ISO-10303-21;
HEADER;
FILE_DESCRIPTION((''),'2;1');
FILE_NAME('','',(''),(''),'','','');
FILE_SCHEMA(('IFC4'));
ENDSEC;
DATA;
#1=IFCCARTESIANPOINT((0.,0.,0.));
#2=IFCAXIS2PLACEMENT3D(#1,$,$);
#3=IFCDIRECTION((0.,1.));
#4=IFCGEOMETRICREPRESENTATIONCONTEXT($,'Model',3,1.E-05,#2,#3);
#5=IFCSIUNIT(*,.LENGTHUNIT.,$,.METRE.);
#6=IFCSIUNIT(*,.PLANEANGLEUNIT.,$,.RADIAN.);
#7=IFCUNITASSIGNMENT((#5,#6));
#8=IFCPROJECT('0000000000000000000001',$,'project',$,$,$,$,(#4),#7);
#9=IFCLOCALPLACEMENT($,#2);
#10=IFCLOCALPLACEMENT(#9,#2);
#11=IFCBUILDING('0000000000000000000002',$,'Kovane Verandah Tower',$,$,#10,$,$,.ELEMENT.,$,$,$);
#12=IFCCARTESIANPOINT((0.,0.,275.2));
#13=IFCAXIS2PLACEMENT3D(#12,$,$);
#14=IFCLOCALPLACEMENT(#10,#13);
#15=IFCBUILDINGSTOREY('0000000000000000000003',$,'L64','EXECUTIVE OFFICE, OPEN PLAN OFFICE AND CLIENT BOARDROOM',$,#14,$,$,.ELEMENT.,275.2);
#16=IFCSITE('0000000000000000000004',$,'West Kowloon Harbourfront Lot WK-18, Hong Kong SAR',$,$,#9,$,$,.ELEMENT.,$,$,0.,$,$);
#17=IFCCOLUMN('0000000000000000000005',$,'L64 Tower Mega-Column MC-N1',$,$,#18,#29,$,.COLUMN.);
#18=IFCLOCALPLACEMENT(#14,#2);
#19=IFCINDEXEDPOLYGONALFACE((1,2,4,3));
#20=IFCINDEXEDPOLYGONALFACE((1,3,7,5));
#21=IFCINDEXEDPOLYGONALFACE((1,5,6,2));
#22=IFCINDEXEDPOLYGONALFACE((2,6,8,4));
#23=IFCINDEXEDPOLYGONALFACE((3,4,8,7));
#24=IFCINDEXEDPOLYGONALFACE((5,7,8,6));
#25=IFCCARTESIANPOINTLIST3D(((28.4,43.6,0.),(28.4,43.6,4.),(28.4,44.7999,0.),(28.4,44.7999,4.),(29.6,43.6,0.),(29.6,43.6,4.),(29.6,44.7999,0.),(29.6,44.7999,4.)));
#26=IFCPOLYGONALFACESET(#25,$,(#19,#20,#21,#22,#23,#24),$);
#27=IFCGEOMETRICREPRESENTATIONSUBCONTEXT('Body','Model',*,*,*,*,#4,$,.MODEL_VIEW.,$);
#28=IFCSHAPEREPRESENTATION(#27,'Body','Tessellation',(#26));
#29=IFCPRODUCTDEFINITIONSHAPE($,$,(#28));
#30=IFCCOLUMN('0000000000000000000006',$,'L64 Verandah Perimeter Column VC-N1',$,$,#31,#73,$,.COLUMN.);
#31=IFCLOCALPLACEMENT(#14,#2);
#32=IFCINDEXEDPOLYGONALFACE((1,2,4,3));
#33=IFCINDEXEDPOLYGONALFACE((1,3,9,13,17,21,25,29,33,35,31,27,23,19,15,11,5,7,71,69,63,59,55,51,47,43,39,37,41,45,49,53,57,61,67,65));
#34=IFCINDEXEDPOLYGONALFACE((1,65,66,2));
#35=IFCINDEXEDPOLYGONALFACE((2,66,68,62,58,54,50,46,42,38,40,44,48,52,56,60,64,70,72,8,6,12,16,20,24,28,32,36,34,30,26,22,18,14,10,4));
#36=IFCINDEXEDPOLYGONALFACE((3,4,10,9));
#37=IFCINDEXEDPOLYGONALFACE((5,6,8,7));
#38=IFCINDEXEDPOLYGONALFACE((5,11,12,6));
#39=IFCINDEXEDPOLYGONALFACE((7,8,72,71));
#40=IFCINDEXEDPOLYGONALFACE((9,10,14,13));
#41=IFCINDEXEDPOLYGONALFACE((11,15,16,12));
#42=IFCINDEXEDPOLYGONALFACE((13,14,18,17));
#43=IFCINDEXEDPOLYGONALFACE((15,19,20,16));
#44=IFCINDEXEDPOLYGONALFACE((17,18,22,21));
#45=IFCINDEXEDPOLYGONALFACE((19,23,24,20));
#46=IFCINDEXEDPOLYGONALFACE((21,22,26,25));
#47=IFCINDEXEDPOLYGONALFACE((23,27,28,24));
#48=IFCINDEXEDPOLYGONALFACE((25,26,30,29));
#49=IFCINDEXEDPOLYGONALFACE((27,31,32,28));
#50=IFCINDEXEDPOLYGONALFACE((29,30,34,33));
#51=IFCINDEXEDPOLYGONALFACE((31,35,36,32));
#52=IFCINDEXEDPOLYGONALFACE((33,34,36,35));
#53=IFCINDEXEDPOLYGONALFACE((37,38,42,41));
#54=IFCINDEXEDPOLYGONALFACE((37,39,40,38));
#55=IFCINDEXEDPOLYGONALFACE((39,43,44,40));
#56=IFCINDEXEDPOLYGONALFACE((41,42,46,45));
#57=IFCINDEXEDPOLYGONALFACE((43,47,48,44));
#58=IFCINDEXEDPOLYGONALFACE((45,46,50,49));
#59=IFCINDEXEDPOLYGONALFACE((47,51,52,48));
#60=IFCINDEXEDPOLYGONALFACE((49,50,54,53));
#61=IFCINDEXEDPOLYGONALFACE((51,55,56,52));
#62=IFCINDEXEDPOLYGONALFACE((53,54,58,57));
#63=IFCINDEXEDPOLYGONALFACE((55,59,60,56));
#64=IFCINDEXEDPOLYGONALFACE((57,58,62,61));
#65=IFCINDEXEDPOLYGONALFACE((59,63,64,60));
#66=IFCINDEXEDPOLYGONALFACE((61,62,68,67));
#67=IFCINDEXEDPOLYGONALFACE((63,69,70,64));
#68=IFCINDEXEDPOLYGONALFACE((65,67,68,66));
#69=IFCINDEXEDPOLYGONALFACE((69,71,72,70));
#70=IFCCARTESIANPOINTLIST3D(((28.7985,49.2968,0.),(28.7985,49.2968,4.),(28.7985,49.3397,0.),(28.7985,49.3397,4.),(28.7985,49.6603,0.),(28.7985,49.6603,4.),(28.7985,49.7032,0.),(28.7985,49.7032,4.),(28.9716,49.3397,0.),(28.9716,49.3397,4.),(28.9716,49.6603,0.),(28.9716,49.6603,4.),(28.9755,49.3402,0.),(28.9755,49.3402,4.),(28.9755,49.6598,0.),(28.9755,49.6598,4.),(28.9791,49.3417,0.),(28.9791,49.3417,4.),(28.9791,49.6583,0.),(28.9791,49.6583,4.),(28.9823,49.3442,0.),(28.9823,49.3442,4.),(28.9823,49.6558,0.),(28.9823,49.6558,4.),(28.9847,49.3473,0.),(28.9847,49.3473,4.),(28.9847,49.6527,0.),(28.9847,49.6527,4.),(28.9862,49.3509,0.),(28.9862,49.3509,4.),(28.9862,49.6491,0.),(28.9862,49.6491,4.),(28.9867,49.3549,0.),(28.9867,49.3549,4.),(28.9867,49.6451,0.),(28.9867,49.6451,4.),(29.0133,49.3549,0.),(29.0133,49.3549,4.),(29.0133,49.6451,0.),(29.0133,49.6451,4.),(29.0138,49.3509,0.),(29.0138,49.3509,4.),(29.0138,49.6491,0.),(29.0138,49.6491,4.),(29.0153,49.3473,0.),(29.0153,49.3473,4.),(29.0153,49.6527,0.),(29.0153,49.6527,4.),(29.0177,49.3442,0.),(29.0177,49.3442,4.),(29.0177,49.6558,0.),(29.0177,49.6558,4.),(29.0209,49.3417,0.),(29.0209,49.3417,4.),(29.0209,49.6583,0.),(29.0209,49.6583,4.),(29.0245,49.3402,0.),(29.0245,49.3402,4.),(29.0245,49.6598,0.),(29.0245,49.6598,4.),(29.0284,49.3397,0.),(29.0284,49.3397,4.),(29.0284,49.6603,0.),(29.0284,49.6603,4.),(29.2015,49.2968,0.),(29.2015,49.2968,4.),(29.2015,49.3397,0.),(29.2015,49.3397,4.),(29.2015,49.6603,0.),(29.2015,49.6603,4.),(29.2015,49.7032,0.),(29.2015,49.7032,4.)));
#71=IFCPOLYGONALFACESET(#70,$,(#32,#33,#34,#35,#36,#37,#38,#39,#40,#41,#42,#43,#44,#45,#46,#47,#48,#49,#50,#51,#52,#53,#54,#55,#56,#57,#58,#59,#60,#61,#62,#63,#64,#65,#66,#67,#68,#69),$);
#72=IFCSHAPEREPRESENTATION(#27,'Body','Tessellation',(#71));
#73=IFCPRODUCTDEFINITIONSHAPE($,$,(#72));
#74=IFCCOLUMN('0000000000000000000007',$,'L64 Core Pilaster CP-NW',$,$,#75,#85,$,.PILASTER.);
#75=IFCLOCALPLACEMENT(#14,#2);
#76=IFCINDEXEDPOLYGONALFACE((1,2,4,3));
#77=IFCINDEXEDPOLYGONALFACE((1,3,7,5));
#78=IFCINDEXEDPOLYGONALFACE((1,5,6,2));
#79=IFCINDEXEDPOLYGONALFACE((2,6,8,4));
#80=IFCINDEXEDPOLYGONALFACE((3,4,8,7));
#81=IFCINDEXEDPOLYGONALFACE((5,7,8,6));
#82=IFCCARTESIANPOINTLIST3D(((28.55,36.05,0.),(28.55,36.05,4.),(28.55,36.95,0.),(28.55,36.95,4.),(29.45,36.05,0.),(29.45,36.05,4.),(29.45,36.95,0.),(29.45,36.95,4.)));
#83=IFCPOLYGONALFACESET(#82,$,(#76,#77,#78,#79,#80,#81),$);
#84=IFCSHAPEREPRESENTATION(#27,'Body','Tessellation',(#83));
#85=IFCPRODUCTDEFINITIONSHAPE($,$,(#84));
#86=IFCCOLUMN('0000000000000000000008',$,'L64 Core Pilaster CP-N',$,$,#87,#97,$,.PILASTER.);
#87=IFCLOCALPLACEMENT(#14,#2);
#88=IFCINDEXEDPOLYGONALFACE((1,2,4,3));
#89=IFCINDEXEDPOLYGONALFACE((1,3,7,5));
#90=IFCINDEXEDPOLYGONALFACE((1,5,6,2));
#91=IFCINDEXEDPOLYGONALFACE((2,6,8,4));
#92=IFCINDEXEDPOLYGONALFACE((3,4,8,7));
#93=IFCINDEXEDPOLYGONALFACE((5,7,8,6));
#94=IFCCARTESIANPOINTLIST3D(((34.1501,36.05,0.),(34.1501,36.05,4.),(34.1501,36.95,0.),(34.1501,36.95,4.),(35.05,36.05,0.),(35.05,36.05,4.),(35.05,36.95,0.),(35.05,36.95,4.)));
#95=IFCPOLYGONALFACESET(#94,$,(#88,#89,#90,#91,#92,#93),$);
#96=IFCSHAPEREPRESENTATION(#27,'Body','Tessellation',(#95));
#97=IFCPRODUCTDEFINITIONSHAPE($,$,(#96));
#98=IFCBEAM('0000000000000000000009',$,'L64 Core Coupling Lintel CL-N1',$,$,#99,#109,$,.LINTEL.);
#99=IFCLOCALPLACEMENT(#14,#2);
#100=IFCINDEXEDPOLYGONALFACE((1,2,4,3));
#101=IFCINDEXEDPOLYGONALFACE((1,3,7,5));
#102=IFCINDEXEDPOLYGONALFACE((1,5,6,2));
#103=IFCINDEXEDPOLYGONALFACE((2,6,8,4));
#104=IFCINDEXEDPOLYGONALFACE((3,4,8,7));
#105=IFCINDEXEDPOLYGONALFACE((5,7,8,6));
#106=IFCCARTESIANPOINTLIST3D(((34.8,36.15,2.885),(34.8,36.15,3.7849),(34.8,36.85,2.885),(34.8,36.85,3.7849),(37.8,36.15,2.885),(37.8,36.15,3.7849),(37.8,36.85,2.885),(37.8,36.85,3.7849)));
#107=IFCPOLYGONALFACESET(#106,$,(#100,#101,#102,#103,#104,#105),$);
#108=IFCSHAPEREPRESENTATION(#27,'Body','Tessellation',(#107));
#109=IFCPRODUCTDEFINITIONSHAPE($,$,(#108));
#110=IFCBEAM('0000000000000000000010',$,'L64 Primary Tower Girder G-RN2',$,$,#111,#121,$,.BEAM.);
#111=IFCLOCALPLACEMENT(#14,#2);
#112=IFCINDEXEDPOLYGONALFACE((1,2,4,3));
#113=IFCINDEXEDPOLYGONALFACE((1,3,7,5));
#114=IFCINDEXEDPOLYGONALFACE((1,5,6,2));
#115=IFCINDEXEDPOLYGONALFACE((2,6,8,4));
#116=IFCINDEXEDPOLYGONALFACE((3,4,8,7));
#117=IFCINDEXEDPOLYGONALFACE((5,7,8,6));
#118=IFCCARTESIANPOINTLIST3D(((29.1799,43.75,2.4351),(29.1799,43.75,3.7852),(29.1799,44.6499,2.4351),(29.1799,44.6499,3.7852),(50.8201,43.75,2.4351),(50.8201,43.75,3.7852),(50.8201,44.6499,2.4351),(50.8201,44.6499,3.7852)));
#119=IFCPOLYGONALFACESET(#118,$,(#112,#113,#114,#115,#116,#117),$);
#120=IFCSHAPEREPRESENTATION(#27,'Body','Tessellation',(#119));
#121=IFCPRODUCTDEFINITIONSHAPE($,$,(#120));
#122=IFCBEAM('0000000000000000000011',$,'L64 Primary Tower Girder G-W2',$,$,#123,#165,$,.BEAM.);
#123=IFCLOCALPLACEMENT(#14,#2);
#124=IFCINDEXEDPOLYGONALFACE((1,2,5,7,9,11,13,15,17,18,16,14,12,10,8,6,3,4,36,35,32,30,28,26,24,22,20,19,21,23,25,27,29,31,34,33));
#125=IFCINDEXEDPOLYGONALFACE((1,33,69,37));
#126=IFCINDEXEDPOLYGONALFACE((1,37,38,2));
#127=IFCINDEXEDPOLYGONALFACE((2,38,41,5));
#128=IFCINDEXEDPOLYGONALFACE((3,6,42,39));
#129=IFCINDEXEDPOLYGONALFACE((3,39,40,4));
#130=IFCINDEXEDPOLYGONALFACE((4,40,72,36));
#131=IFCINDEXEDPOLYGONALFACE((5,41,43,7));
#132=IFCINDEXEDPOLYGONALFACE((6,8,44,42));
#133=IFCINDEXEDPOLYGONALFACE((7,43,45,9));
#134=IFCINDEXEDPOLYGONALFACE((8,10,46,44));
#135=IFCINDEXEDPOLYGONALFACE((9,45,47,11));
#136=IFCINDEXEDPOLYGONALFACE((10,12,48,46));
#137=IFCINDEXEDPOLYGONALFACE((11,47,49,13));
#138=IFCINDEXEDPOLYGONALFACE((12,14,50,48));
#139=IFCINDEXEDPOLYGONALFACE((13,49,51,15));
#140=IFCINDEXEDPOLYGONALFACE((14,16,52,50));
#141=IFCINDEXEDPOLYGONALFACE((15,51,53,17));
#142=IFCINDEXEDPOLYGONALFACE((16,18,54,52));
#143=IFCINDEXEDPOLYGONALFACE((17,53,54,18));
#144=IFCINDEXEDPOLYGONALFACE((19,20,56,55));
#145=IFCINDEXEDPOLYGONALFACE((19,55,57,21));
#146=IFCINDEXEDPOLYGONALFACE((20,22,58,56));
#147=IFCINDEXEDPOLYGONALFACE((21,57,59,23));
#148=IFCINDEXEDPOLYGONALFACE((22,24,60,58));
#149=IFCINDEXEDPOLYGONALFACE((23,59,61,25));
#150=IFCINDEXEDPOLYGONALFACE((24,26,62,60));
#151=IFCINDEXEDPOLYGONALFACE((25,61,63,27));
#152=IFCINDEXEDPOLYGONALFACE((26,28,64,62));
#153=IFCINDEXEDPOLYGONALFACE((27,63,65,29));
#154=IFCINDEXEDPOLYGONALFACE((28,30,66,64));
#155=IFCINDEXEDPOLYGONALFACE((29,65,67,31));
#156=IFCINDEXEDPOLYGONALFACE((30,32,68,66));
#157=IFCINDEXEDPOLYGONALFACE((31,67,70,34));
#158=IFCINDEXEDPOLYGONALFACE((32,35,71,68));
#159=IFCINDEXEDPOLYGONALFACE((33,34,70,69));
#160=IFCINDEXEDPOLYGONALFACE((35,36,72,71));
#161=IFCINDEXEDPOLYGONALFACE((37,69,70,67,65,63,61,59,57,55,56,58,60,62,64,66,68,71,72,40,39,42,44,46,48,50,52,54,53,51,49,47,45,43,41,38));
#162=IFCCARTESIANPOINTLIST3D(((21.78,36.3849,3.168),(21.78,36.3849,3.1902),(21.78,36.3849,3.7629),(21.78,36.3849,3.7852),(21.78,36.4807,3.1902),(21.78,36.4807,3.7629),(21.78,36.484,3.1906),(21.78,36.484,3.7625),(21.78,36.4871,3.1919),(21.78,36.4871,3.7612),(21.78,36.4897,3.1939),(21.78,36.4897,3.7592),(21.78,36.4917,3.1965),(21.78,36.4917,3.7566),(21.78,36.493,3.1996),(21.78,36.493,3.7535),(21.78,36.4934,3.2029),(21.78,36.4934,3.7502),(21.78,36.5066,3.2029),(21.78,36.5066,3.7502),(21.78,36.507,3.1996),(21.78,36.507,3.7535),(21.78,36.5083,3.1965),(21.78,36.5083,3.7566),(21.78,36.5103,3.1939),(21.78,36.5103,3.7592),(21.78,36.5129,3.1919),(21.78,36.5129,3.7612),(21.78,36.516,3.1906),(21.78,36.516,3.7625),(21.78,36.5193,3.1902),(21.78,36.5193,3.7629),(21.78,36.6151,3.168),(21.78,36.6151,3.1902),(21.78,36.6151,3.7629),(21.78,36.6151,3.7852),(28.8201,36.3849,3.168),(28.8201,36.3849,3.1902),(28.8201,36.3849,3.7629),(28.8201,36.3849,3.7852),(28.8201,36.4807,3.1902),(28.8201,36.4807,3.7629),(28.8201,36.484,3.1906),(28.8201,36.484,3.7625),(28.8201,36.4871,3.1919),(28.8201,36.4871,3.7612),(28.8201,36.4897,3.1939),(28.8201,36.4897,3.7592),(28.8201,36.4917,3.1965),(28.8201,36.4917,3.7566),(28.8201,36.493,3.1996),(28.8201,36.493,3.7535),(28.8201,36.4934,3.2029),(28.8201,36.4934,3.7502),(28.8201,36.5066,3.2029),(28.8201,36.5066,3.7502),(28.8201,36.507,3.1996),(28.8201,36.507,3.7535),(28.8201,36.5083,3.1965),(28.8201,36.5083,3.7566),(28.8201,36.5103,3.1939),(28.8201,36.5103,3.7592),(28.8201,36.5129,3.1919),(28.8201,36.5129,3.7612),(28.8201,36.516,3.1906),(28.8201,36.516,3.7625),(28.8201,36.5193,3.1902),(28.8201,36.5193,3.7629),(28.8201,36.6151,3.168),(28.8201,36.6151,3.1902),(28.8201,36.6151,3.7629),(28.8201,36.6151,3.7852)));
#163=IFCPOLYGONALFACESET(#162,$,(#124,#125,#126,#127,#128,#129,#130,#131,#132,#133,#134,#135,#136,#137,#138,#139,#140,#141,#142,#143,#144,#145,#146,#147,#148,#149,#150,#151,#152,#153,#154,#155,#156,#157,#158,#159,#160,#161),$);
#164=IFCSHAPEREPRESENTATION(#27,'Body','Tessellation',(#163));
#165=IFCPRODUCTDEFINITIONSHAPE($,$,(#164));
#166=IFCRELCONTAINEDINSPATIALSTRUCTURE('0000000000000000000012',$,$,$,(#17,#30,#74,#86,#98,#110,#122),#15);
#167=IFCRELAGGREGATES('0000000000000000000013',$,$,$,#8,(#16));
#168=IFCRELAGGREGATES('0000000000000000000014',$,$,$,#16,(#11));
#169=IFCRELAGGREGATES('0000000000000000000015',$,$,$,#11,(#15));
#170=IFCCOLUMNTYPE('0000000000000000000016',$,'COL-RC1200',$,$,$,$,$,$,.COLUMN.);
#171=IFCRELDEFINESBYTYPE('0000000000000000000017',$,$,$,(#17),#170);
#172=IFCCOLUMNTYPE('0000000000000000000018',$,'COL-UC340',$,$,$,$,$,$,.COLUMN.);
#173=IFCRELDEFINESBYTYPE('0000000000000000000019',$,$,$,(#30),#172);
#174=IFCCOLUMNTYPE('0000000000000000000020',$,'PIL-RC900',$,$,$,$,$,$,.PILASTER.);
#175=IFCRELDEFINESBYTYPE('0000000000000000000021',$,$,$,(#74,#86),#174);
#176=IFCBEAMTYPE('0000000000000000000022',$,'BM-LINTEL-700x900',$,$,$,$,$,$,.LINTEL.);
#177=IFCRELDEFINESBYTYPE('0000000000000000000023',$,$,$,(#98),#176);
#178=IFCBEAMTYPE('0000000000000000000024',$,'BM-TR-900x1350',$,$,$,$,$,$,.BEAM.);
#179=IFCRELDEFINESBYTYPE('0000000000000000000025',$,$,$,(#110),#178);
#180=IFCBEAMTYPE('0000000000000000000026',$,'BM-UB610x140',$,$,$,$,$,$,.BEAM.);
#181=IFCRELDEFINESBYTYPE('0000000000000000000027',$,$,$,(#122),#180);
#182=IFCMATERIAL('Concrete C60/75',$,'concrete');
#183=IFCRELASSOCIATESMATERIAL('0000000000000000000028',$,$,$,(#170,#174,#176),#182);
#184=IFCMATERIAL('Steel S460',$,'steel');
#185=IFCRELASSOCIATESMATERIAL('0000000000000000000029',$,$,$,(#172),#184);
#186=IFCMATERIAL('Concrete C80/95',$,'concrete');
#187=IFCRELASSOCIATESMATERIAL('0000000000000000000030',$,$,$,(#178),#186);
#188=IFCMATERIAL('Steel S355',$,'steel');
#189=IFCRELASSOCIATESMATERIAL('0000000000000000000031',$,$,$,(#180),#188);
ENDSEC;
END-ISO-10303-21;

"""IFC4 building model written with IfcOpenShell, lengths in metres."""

from ifc_helpers import new_model, si_unit, direction, frame, origin, origin_2d, place, context, subcontext, project, spatial, rectangle, i_section, extrude, material, material_profile, profile_set, type_object, element, save


model = new_model("IFC4")

# Units and contexts
model_context = context("Model", 3, precision=1e-05, world=origin(), true_north=direction((0.0, 1.0)))
body_context = subcontext(model_context, "Body", "Model", "MODEL_VIEW")
ifc_project = project(units=[si_unit("LENGTHUNIT", "METRE"), si_unit("PLANEANGLEUNIT", "RADIAN")], contexts=[model_context])

# Site, building, storey
site_placement = place(None, origin())
site = spatial("IfcSite", under=ifc_project, at=site_placement, Name="West Kowloon Harbourfront Lot WK-18, Hong Kong SAR", CompositionType="ELEMENT", RefElevation=0.0)
building_placement = place(site_placement, origin())
building = spatial("IfcBuilding", under=site, at=building_placement, Name="Kovane Verandah Tower", CompositionType="ELEMENT")
storey_placement = place(building_placement, frame((0.0, 0.0, 275.2)))
storey = spatial("IfcBuildingStorey", under=building, at=storey_placement, Name="L64", Description="EXECUTIVE OFFICE, OPEN PLAN OFFICE AND CLIENT BOARDROOM", CompositionType="ELEMENT", Elevation=275.2)

# Columns
ifc_material_1 = material(Name="Concrete C60/75", Category="concrete")
ifc_material_profile_1 = material_profile(ifc_material_1, rectangle(XDim=1.2, YDim=1.2, at=origin_2d()), Name="RC1200x1200")
ifc_profile_set_1 = profile_set([ifc_material_profile_1], Name="Concrete C60/75")
column_type_1 = type_object("IfcColumnType", Name="COL-RC1200", PredefinedType="COLUMN", material=ifc_profile_set_1)
column_1_placement = place(storey_placement, frame((29.0, 44.2, 0.0), z_axis=(0.0, 0.0, 1.0), x_axis=(1.0, 0.0, 0.0)))
element("IfcColumn", 1, at=column_1_placement, inside=storey, type_object=column_type_1, Name="L64 Tower Mega-Column MC-N1", PredefinedType="COLUMN", context=body_context, shape_type="SweptSolid", body=[
    extrude(rectangle(XDim=1.2, YDim=1.2, at=origin_2d()), origin(), (0.0, 0.0, 1.0), 4.0),
])
ifc_material_2 = material(Name="Steel S460", Category="steel")
ifc_material_profile_2 = material_profile(ifc_material_2, i_section(OverallWidth=0.4031, OverallDepth=0.4065, WebThickness=0.0266, FlangeThickness=0.043, FilletRadius=0.0151, at=origin_2d()), Name="UC356x406x340")
ifc_profile_set_2 = profile_set([ifc_material_profile_2], Name="Steel S460")
column_type_2 = type_object("IfcColumnType", Name="COL-UC340", PredefinedType="COLUMN", material=ifc_profile_set_2)
column_2_placement = place(storey_placement, frame((29.0, 49.5, 0.0), z_axis=(0.0, 0.0, 1.0), x_axis=(1.0, 0.0, 0.0)))
element("IfcColumn", 2, at=column_2_placement, inside=storey, type_object=column_type_2, Name="L64 Verandah Perimeter Column VC-N1", PredefinedType="COLUMN", context=body_context, shape_type="SweptSolid", body=[
    extrude(i_section(OverallWidth=0.4031, OverallDepth=0.4065, WebThickness=0.0266, FlangeThickness=0.043, FilletRadius=0.0151, at=origin_2d()), origin(), (0.0, 0.0, 1.0), 4.0),
])
ifc_material_profile_3 = material_profile(ifc_material_1, rectangle(XDim=0.8999, YDim=0.8999, at=origin_2d()), Name="RC900x900")
ifc_profile_set_3 = profile_set([ifc_material_profile_3], Name="Concrete C60/75")
column_type_3 = type_object("IfcColumnType", Name="PIL-RC900", PredefinedType="PILASTER", material=ifc_profile_set_3)
for number, where, z_axis, x_axis, name in (
    (3, (29.0, 36.5, 0.0), (0.0, 0.0, 1.0), (1.0, 0.0, 0.0), "L64 Core Pilaster CP-NW"),
    (4, (34.6001, 36.5, 0.0), (0.0, 0.0, 1.0), (1.0, 0.0, 0.0), "L64 Core Pilaster CP-N"),
):
    element("IfcColumn", number, at=place(storey_placement, frame(where, z_axis=z_axis, x_axis=x_axis)), inside=storey, type_object=column_type_3, Name=name, PredefinedType="PILASTER", context=body_context, shape_type="SweptSolid", body=[
        extrude(rectangle(XDim=0.8999, YDim=0.8999, at=origin_2d()), origin(), (0.0, 0.0, 1.0), 4.0),
    ])

# Beams
ifc_material_profile_4 = material_profile(ifc_material_1, rectangle(XDim=0.7, YDim=0.8999, at=origin_2d()), Name="RCB700x900")
ifc_profile_set_4 = profile_set([ifc_material_profile_4], Name="Concrete C60/75")
beam_type_1 = type_object("IfcBeamType", Name="BM-LINTEL-700x900", PredefinedType="LINTEL", material=ifc_profile_set_4)
beam_1_placement = place(storey_placement, frame((34.8, 36.5, 3.335), z_axis=(1.0, 0.0, 0.0), x_axis=(0.0, 1.0, 0.0)))
element("IfcBeam", 5, at=beam_1_placement, inside=storey, type_object=beam_type_1, Name="L64 Core Coupling Lintel CL-N1", PredefinedType="LINTEL", context=body_context, shape_type="SweptSolid", body=[
    extrude(rectangle(XDim=0.7, YDim=0.8999, at=origin_2d()), origin(), (0.0, 0.0, 1.0), 3.0),
])
ifc_material_3 = material(Name="Concrete C80/95", Category="concrete")
ifc_material_profile_5 = material_profile(ifc_material_3, rectangle(XDim=0.8999, YDim=1.3501, at=origin_2d()), Name="RCB900x1350")
ifc_profile_set_5 = profile_set([ifc_material_profile_5], Name="Concrete C80/95")
beam_type_2 = type_object("IfcBeamType", Name="BM-TR-900x1350", PredefinedType="BEAM", material=ifc_profile_set_5)
beam_2_placement = place(storey_placement, frame((29.1799, 44.2, 3.1101), z_axis=(1.0, 0.0, 0.0), x_axis=(0.0, 1.0, 0.0)))
element("IfcBeam", 6, at=beam_2_placement, inside=storey, type_object=beam_type_2, Name="L64 Primary Tower Girder G-RN2", PredefinedType="BEAM", context=body_context, shape_type="SweptSolid", body=[
    extrude(rectangle(XDim=0.8999, YDim=1.3501, at=origin_2d()), origin(), (0.0, 0.0, 1.0), 21.6401),
])
ifc_material_4 = material(Name="Steel S355", Category="steel")
ifc_material_profile_6 = material_profile(ifc_material_4, i_section(OverallWidth=0.2302, OverallDepth=0.6172, WebThickness=0.0132, FlangeThickness=0.0222, FilletRadius=0.0127, at=origin_2d()), Name="UB610x229x140")
ifc_profile_set_6 = profile_set([ifc_material_profile_6], Name="Steel S355")
beam_type_3 = type_object("IfcBeamType", Name="BM-UB610x140", PredefinedType="BEAM", material=ifc_profile_set_6)
beam_3_placement = place(storey_placement, frame((28.8201, 36.5, 3.4766), z_axis=(-1.0, 0.0, 0.0), x_axis=(0.0, -1.0, 0.0)))
element("IfcBeam", 7, at=beam_3_placement, inside=storey, type_object=beam_type_3, Name="L64 Primary Tower Girder G-W2", PredefinedType="BEAM", context=body_context, shape_type="SweptSolid", body=[
    extrude(i_section(OverallWidth=0.2302, OverallDepth=0.6172, WebThickness=0.0132, FlangeThickness=0.0222, FilletRadius=0.0127, at=origin_2d()), origin(), (0.0, 0.0, 1.0), 7.04),
])

save(model, "model.ifc")
